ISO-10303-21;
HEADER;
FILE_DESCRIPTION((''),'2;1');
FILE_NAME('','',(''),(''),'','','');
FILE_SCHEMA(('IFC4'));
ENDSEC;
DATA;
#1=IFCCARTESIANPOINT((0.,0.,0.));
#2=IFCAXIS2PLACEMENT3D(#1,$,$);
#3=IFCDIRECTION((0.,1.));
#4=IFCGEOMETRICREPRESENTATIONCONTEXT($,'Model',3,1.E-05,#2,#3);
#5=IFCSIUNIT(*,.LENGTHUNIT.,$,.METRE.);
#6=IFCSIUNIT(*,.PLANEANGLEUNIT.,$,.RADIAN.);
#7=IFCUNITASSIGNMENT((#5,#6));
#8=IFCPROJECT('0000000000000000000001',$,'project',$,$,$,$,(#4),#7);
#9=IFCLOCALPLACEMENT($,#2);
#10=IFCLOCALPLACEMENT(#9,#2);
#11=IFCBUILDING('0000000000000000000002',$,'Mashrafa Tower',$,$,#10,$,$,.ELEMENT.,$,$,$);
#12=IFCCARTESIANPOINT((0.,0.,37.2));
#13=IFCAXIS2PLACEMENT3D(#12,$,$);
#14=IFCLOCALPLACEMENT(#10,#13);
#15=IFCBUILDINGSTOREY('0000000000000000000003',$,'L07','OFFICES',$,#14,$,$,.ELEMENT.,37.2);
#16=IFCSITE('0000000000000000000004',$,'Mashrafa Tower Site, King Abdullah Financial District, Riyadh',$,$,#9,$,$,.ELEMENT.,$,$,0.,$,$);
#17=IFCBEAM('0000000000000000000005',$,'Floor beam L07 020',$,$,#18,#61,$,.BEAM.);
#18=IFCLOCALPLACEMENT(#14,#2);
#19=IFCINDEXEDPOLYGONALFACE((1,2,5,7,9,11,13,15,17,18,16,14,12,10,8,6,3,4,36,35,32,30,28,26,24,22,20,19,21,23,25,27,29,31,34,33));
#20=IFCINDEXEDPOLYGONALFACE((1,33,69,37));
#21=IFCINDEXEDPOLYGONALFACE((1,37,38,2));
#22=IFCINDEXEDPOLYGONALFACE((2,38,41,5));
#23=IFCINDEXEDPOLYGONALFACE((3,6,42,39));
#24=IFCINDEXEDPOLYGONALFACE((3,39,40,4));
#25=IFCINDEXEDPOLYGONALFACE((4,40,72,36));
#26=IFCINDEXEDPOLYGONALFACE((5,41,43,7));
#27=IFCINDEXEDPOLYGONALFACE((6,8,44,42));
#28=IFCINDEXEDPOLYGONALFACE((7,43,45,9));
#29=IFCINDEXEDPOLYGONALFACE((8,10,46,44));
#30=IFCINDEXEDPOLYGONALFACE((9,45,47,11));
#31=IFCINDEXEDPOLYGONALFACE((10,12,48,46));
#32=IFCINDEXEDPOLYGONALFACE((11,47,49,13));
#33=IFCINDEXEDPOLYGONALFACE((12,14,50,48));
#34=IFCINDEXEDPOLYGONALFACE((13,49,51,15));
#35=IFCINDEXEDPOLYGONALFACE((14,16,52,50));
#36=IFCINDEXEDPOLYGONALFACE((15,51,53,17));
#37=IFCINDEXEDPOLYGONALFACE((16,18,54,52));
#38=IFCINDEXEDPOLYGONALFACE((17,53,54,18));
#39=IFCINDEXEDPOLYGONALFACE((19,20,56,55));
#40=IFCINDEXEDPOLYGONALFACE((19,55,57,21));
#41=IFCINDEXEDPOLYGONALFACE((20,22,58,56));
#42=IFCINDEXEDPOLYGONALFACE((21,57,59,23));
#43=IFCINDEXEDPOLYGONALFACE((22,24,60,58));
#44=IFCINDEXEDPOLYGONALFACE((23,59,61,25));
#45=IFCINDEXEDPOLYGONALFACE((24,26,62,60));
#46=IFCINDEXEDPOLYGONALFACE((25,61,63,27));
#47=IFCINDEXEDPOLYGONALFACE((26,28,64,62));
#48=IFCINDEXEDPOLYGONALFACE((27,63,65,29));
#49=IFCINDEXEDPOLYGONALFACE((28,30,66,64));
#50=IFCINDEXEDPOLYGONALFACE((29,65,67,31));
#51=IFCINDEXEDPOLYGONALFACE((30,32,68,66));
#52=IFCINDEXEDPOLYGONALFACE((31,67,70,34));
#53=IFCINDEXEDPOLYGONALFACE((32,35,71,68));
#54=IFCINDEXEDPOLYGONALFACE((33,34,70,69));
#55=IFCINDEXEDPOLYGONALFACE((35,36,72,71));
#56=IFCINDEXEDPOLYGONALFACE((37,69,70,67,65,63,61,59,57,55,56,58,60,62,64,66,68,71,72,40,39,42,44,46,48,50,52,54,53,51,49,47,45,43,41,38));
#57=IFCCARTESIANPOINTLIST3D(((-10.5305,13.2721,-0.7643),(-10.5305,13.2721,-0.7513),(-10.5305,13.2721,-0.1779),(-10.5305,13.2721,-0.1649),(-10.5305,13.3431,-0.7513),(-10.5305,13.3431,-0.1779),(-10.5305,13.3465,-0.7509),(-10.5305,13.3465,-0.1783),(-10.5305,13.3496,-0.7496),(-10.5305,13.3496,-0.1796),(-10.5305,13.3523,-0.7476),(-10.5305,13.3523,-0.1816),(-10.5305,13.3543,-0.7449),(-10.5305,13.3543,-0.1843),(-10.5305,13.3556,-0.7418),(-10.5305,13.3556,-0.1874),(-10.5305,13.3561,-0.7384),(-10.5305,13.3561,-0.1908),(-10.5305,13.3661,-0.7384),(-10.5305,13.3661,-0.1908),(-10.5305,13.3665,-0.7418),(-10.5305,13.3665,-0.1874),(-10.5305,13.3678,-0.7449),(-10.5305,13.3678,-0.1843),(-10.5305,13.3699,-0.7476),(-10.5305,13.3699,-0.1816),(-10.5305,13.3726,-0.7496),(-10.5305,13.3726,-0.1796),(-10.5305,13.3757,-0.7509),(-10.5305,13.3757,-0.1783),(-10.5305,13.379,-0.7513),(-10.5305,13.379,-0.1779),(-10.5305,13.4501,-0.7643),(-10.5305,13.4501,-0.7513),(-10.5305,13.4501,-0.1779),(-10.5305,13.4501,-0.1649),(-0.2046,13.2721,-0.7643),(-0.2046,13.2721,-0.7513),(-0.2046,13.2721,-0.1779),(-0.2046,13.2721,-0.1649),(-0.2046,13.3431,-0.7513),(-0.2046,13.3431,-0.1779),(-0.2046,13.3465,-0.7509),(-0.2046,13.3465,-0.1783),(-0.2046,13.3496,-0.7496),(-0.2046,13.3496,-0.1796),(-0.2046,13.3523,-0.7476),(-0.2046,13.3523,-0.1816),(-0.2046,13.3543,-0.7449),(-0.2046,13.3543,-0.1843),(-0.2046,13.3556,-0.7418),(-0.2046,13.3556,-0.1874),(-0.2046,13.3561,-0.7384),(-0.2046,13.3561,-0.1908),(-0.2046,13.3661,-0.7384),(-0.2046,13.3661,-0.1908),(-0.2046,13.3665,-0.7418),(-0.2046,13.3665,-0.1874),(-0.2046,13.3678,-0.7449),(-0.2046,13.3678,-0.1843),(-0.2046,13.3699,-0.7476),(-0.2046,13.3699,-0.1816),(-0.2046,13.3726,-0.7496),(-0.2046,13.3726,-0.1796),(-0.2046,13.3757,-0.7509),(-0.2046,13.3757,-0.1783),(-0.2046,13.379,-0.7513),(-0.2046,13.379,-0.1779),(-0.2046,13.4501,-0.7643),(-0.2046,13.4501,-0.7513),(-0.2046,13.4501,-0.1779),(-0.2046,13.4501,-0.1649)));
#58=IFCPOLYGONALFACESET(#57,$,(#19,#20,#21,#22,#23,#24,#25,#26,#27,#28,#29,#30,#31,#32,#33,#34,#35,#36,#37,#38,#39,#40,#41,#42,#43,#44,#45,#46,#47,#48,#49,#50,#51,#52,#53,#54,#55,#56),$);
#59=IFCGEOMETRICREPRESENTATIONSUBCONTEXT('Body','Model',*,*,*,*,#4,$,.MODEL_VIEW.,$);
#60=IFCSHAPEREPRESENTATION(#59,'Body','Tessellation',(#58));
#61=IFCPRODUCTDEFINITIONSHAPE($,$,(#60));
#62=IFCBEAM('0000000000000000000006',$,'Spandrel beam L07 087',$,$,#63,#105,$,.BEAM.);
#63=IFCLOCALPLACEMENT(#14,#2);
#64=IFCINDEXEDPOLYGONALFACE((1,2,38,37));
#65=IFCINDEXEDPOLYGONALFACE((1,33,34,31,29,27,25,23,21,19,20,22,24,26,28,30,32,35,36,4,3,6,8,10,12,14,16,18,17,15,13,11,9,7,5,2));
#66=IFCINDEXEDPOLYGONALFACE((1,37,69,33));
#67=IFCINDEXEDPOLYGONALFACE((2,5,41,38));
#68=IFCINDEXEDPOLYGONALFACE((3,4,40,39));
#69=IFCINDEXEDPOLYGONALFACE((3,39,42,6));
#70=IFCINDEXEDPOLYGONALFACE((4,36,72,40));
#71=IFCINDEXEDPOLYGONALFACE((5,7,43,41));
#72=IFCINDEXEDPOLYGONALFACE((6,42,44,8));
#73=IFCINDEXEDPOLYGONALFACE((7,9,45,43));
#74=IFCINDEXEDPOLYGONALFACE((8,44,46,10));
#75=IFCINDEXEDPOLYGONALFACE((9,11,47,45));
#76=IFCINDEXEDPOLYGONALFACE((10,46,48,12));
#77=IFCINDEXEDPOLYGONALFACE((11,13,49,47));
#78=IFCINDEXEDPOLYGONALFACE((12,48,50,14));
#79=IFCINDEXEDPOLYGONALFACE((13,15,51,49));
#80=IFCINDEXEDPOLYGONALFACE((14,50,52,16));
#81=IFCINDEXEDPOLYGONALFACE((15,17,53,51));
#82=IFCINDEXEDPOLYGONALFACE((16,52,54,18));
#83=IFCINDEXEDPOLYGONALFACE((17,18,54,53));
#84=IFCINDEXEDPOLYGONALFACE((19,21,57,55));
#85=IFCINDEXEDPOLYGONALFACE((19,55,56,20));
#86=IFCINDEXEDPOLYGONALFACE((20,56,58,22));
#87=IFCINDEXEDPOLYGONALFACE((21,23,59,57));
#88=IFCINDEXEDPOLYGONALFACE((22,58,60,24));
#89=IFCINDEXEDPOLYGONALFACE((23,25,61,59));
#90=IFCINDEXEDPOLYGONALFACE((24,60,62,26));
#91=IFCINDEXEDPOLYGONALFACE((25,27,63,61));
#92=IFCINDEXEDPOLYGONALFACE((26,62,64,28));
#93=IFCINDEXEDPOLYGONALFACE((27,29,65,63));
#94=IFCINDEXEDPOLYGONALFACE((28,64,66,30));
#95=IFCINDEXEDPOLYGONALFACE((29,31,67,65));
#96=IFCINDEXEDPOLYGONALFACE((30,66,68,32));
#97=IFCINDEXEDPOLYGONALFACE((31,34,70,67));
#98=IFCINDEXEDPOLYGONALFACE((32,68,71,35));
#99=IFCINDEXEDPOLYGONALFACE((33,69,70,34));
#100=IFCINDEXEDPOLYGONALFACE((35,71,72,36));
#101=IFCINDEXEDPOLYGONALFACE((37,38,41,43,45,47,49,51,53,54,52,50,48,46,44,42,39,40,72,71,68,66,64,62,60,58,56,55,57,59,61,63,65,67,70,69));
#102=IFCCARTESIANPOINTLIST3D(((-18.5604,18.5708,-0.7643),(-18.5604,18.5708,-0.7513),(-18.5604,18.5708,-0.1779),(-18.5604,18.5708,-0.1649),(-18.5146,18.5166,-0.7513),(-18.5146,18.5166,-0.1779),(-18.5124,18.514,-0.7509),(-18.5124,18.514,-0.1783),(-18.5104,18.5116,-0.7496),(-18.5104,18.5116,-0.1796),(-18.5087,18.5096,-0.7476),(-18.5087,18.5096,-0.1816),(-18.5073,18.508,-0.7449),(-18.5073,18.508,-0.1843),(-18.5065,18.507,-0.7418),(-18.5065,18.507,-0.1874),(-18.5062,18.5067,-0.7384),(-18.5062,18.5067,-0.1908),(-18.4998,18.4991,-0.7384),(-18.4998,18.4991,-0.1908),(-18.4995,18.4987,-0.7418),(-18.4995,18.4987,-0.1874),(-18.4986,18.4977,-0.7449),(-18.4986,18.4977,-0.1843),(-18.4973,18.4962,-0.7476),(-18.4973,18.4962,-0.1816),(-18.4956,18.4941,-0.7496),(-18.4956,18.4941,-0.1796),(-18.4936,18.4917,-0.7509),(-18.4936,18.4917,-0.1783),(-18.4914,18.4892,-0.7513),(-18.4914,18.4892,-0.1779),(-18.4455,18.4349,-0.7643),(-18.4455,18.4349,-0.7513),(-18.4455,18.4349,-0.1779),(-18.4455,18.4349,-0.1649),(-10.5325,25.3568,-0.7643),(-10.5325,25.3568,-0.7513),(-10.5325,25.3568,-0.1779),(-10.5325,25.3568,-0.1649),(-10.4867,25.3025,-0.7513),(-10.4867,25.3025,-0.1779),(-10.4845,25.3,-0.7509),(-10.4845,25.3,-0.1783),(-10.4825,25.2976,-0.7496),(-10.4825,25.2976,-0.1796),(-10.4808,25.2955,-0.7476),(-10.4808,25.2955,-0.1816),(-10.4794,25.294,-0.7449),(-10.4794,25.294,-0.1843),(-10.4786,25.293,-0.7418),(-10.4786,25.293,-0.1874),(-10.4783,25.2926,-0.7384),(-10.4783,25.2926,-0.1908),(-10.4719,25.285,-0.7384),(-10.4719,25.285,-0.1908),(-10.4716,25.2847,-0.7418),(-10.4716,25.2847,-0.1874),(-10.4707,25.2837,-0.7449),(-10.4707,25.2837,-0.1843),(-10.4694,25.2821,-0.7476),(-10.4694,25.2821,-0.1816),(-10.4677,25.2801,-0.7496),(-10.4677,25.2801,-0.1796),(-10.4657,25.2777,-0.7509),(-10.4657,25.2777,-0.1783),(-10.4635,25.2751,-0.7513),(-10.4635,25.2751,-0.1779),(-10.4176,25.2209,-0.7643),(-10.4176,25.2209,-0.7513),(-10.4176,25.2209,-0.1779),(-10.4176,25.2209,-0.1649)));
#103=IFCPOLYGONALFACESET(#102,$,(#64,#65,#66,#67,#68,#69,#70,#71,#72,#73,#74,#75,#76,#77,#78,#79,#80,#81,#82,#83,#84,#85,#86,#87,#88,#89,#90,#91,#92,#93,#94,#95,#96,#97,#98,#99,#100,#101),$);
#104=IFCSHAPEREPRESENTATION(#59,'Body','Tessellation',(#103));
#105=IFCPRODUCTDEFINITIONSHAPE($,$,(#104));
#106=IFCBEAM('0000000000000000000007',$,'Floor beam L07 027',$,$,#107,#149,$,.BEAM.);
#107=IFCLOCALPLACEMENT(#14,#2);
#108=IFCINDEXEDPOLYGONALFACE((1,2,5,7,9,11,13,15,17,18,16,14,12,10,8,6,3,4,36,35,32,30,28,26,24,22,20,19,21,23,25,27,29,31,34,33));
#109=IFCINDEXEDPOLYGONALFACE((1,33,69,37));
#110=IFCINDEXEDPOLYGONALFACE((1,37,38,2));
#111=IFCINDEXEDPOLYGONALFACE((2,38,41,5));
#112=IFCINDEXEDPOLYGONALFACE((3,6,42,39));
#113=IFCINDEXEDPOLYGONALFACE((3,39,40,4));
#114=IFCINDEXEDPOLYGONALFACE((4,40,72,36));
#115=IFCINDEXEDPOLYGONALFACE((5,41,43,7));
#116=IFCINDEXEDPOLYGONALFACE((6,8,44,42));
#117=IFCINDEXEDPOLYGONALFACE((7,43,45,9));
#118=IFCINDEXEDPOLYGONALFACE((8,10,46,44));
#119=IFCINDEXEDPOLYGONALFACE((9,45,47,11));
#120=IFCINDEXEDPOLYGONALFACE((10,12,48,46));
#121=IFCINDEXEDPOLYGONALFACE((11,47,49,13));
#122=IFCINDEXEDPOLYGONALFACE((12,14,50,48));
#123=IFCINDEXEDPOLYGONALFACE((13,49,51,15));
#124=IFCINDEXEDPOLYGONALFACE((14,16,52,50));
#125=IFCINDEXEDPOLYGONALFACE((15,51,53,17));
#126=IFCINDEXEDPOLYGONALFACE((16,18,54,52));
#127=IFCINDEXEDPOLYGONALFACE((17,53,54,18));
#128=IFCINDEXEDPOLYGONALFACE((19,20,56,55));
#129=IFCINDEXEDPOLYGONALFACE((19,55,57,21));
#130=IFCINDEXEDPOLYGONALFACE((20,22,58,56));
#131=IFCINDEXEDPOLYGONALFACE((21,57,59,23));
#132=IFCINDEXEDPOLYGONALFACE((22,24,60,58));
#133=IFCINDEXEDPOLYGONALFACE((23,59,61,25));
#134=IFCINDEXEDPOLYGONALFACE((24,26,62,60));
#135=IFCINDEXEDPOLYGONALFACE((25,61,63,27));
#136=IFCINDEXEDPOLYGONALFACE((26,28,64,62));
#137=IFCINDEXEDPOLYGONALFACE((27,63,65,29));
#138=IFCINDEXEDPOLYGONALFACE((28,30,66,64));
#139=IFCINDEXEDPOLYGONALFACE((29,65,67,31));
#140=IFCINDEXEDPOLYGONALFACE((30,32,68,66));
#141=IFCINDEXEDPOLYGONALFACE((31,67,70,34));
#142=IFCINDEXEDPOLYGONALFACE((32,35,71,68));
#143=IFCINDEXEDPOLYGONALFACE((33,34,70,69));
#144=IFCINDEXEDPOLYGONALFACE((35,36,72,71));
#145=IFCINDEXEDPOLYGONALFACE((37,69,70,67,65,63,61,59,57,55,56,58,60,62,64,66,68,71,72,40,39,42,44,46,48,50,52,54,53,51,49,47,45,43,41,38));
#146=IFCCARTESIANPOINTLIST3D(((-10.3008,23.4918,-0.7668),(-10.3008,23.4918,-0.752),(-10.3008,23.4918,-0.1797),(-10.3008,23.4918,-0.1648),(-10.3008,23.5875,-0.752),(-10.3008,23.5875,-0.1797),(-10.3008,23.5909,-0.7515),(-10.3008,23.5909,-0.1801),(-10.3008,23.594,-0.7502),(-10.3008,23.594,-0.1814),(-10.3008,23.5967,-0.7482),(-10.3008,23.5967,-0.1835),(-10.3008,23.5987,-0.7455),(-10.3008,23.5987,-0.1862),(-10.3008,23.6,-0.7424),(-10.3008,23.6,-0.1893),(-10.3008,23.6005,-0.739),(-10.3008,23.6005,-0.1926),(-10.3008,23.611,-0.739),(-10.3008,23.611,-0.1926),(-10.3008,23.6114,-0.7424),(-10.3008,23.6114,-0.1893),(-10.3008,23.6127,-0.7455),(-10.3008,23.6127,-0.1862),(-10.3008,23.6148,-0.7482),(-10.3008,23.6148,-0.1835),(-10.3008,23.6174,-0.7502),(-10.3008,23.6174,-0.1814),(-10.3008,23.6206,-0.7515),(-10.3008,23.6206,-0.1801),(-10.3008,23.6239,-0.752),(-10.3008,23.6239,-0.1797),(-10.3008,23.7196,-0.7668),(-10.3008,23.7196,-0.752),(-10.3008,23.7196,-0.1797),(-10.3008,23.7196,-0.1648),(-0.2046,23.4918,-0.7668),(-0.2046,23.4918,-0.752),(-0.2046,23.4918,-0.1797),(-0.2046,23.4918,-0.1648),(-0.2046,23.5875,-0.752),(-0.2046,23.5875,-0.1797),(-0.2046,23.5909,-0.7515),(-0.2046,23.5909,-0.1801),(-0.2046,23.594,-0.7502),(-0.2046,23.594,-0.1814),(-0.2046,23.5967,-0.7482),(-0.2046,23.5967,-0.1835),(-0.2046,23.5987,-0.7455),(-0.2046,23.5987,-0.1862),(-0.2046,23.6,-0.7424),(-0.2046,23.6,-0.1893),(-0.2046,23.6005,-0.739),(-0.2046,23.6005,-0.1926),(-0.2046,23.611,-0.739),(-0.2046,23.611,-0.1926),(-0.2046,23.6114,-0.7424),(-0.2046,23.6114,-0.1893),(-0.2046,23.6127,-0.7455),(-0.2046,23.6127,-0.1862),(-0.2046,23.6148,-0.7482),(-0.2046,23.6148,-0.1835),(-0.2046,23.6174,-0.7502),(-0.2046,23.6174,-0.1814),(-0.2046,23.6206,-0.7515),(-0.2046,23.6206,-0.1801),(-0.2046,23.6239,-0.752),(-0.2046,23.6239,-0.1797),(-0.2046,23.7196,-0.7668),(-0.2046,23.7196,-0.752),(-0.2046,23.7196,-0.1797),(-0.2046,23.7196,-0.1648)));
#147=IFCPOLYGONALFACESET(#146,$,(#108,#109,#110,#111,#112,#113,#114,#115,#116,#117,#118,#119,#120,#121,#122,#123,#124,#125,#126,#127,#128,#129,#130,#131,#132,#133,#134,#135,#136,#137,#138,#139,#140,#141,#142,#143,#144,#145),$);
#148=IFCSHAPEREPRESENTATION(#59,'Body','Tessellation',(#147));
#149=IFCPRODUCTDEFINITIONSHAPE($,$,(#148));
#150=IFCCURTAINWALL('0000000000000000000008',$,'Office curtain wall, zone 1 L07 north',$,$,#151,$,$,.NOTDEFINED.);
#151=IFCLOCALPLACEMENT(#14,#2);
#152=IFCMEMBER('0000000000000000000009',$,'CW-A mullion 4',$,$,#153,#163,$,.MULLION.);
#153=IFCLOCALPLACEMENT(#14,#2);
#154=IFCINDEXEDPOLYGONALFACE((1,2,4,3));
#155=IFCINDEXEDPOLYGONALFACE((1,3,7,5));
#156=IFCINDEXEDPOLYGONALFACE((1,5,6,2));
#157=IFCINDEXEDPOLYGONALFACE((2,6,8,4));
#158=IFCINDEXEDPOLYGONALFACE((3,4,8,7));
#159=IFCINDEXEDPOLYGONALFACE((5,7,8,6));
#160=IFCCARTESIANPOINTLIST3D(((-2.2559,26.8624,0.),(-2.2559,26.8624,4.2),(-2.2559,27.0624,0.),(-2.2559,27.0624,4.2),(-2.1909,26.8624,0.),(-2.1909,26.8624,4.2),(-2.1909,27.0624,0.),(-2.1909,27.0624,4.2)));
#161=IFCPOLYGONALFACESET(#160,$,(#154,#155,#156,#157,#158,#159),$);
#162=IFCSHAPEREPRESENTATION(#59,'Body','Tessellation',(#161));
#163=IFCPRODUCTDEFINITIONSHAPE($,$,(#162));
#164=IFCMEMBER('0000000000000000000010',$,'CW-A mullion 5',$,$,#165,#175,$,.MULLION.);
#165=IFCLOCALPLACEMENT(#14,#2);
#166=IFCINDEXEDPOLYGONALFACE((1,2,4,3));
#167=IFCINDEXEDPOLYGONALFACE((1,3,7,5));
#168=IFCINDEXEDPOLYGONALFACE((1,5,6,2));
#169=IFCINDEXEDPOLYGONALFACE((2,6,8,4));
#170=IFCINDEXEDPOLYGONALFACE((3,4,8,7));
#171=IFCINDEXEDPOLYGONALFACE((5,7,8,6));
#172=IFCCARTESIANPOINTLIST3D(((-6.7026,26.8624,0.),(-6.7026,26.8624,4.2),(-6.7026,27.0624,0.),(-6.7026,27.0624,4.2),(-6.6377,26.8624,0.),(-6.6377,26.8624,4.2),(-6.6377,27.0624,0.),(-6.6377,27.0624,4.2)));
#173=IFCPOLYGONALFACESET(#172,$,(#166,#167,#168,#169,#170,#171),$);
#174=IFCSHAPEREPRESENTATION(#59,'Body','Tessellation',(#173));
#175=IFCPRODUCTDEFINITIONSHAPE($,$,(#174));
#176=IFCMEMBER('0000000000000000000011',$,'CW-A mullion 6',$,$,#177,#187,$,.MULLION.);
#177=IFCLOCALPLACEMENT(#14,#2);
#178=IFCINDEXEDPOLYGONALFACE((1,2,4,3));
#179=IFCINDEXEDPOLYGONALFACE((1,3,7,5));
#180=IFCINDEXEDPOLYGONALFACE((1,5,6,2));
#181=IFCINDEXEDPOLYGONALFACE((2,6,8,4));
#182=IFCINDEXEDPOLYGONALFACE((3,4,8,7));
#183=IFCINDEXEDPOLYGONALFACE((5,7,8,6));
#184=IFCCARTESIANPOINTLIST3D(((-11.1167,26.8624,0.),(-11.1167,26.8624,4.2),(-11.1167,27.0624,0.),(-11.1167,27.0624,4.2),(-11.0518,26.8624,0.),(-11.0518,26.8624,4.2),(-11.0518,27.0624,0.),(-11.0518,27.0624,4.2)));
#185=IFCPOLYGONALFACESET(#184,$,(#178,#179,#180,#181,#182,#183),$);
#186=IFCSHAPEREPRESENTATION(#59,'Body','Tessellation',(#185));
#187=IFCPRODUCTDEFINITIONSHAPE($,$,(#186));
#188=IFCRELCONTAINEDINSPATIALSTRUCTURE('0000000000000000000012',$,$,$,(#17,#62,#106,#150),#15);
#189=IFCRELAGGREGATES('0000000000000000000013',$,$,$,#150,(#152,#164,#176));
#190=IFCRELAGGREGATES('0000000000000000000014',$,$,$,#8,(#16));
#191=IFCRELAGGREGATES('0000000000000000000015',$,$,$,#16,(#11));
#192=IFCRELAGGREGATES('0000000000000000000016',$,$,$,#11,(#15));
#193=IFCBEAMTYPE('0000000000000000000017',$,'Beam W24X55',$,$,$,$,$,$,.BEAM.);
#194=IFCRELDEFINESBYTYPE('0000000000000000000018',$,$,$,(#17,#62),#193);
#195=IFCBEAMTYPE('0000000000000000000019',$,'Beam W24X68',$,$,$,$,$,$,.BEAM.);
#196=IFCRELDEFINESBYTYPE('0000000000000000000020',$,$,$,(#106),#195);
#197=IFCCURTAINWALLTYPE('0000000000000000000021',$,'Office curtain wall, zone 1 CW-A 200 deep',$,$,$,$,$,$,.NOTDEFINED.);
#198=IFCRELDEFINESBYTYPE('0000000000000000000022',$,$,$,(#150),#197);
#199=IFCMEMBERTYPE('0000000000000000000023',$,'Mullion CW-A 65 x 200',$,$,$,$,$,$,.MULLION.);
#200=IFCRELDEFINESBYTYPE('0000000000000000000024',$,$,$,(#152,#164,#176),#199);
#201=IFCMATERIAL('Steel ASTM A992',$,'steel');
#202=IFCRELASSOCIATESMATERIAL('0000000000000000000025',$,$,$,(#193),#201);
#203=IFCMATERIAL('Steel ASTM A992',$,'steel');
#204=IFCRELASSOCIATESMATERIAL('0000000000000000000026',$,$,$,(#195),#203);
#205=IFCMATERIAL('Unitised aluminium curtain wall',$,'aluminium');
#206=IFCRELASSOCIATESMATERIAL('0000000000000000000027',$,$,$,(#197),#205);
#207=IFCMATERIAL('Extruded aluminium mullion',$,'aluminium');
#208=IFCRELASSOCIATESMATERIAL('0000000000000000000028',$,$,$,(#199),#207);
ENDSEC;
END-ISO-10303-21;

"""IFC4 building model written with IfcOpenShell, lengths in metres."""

from ifc_helpers import new_model, si_unit, direction, frame, origin, origin_2d, place, context, subcontext, project, spatial, rectangle, i_section, extrude, source, transform, mapped, material, material_profile, profile_set, type_object, type_shapes, element, aggregate, save


model = new_model("IFC4")

# Units and contexts
model_context = context("Model", 3, precision=1e-05, world=origin(), true_north=direction((0.0, 1.0)))
body_context = subcontext(model_context, "Body", "Model", "MODEL_VIEW")
ifc_project = project(units=[si_unit("LENGTHUNIT", "METRE"), si_unit("PLANEANGLEUNIT", "RADIAN")], contexts=[model_context])

# Site, building, storey
site_placement = place(None, origin())
site = spatial("IfcSite", under=ifc_project, at=site_placement, Name="Mashrafa Tower Site, King Abdullah Financial District, Riyadh", CompositionType="ELEMENT", RefElevation=0.0)
building_placement = place(site_placement, origin())
building = spatial("IfcBuilding", under=site, at=building_placement, Name="Mashrafa Tower", CompositionType="ELEMENT")
storey_placement = place(building_placement, frame((0.0, 0.0, 37.2)))
storey = spatial("IfcBuildingStorey", under=building, at=storey_placement, Name="L07", Description="OFFICES", CompositionType="ELEMENT", Elevation=37.2)

# Beams
ifc_material_1 = material(Name="Steel ASTM A992", Category="steel")
ifc_material_profile_1 = material_profile(ifc_material_1, i_section(OverallWidth=0.178, OverallDepth=0.5994, WebThickness=0.01, FlangeThickness=0.0129, FilletRadius=0.0129, at=origin_2d()), Name="W24X55")
ifc_profile_set_1 = profile_set([ifc_material_profile_1], Name="Steel ASTM A992")
beam_type_1 = type_object("IfcBeamType", Name="Beam W24X55", PredefinedType="BEAM", material=ifc_profile_set_1)
beam_1_placement = place(storey_placement, frame((-10.5305, 13.3611, -0.4646), z_axis=(1.0, 0.0, 0.0), x_axis=(0.0, 1.0, 0.0)))
element("IfcBeam", 1, at=beam_1_placement, inside=storey, type_object=beam_type_1, Name="Floor beam L07 020", PredefinedType="BEAM", context=body_context, shape_type="SweptSolid", body=[
    extrude(i_section(OverallWidth=0.178, OverallDepth=0.5994, WebThickness=0.01, FlangeThickness=0.0129, FilletRadius=0.0129, at=origin_2d()), origin(), (0.0, 0.0, 1.0), 10.3259),
])
beam_2_placement = place(storey_placement, frame((-10.4751, 25.2888, -0.4646), z_axis=(-0.76371, -0.64556, 0.0), x_axis=(0.64556, -0.76371, 0.0)))
element("IfcBeam", 2, at=beam_2_placement, inside=storey, type_object=beam_type_1, Name="Spandrel beam L07 087", PredefinedType="BEAM", context=body_context, shape_type="SweptSolid", body=[
    extrude(i_section(OverallWidth=0.178, OverallDepth=0.5994, WebThickness=0.01, FlangeThickness=0.0129, FilletRadius=0.0129, at=origin_2d()), origin(), (0.0, 0.0, 1.0), 10.5117),
])
ifc_material_2 = material(Name="Steel ASTM A992", Category="steel")
ifc_material_profile_2 = material_profile(ifc_material_2, i_section(OverallWidth=0.2278, OverallDepth=0.6021, WebThickness=0.0105, FlangeThickness=0.0149, FilletRadius=0.0129, at=origin_2d()), Name="W24X68")
ifc_profile_set_2 = profile_set([ifc_material_profile_2], Name="Steel ASTM A992")
beam_type_2 = type_object("IfcBeamType", Name="Beam W24X68", PredefinedType="BEAM", material=ifc_profile_set_2)
beam_3_placement = place(storey_placement, frame((-10.3008, 23.6057, -0.4658), z_axis=(1.0, 0.0, 0.0), x_axis=(0.0, 1.0, 0.0)))
element("IfcBeam", 3, at=beam_3_placement, inside=storey, type_object=beam_type_2, Name="Floor beam L07 027", PredefinedType="BEAM", context=body_context, shape_type="SweptSolid", body=[
    extrude(i_section(OverallWidth=0.2278, OverallDepth=0.6021, WebThickness=0.0105, FlangeThickness=0.0149, FilletRadius=0.0129, at=origin_2d()), origin(), (0.0, 0.0, 1.0), 10.0962),
])

# Curtain wall, members
ifc_material_3 = material(Name="Unitised aluminium curtain wall", Category="aluminium")
curtain_wall_type = type_object("IfcCurtainWallType", Name="Office curtain wall, zone 1 CW-A 200 deep", PredefinedType="NOTDEFINED", material=ifc_material_3)
curtain_wall_1_placement = place(storey_placement, origin())
curtain_wall_1 = element("IfcCurtainWall", 4, at=curtain_wall_1_placement, inside=storey, type_object=curtain_wall_type, Name="Office curtain wall, zone 1 L07 north", PredefinedType="NOTDEFINED")
ifc_material_4 = material(Name="Extruded aluminium mullion", Category="aluminium")
ifc_material_profile_3 = material_profile(ifc_material_4, rectangle(XDim=0.2, YDim=0.0649, at=origin_2d()), Name="Mullion 65x200")
ifc_profile_set_3 = profile_set([ifc_material_profile_3], Name="Extruded aluminium mullion")
member_type_1 = type_object("IfcMemberType", Name="Mullion CW-A 65 x 200", PredefinedType="MULLION", material=ifc_profile_set_3)
shared_shape_1 = source(origin(), body_context, "Body", "SweptSolid", [
    extrude(rectangle(XDim=0.2, YDim=0.0649, at=origin_2d()), origin(), (0.0, 0.0, 1.0), 4.2),
])
type_shapes(member_type_1, [shared_shape_1])
member_1_placement = place(storey_placement, frame((-2.2234, 26.9624, 0.0), z_axis=(0.0, 0.0, 1.0), x_axis=(0.0, -1.0, 0.0)))
member_1 = element("IfcMember", 5, at=member_1_placement, type_object=member_type_1, Name="CW-A mullion 4", PredefinedType="MULLION", context=body_context, shape_type="MappedRepresentation", body=[
    mapped(shared_shape_1, transform((0.0, 0.0, 0.0))),
])
member_2_placement = place(storey_placement, frame((-6.6702, 26.9624, 0.0), z_axis=(0.0, 0.0, 1.0), x_axis=(0.0, -1.0, 0.0)))
member_2 = element("IfcMember", 6, at=member_2_placement, type_object=member_type_1, Name="CW-A mullion 5", PredefinedType="MULLION", context=body_context, shape_type="MappedRepresentation", body=[
    mapped(shared_shape_1, transform((0.0, 0.0, 0.0))),
])
member_3_placement = place(storey_placement, frame((-11.0842, 26.9624, 0.0), z_axis=(0.0, 0.0, 1.0), x_axis=(0.0, -1.0, 0.0)))
member_3 = element("IfcMember", 7, at=member_3_placement, type_object=member_type_1, Name="CW-A mullion 6", PredefinedType="MULLION", context=body_context, shape_type="MappedRepresentation", body=[
    mapped(shared_shape_1, transform((0.0, 0.0, 0.0))),
])

aggregate(curtain_wall_1, [member_1, member_2, member_3])

save(model, "model.ifc")
